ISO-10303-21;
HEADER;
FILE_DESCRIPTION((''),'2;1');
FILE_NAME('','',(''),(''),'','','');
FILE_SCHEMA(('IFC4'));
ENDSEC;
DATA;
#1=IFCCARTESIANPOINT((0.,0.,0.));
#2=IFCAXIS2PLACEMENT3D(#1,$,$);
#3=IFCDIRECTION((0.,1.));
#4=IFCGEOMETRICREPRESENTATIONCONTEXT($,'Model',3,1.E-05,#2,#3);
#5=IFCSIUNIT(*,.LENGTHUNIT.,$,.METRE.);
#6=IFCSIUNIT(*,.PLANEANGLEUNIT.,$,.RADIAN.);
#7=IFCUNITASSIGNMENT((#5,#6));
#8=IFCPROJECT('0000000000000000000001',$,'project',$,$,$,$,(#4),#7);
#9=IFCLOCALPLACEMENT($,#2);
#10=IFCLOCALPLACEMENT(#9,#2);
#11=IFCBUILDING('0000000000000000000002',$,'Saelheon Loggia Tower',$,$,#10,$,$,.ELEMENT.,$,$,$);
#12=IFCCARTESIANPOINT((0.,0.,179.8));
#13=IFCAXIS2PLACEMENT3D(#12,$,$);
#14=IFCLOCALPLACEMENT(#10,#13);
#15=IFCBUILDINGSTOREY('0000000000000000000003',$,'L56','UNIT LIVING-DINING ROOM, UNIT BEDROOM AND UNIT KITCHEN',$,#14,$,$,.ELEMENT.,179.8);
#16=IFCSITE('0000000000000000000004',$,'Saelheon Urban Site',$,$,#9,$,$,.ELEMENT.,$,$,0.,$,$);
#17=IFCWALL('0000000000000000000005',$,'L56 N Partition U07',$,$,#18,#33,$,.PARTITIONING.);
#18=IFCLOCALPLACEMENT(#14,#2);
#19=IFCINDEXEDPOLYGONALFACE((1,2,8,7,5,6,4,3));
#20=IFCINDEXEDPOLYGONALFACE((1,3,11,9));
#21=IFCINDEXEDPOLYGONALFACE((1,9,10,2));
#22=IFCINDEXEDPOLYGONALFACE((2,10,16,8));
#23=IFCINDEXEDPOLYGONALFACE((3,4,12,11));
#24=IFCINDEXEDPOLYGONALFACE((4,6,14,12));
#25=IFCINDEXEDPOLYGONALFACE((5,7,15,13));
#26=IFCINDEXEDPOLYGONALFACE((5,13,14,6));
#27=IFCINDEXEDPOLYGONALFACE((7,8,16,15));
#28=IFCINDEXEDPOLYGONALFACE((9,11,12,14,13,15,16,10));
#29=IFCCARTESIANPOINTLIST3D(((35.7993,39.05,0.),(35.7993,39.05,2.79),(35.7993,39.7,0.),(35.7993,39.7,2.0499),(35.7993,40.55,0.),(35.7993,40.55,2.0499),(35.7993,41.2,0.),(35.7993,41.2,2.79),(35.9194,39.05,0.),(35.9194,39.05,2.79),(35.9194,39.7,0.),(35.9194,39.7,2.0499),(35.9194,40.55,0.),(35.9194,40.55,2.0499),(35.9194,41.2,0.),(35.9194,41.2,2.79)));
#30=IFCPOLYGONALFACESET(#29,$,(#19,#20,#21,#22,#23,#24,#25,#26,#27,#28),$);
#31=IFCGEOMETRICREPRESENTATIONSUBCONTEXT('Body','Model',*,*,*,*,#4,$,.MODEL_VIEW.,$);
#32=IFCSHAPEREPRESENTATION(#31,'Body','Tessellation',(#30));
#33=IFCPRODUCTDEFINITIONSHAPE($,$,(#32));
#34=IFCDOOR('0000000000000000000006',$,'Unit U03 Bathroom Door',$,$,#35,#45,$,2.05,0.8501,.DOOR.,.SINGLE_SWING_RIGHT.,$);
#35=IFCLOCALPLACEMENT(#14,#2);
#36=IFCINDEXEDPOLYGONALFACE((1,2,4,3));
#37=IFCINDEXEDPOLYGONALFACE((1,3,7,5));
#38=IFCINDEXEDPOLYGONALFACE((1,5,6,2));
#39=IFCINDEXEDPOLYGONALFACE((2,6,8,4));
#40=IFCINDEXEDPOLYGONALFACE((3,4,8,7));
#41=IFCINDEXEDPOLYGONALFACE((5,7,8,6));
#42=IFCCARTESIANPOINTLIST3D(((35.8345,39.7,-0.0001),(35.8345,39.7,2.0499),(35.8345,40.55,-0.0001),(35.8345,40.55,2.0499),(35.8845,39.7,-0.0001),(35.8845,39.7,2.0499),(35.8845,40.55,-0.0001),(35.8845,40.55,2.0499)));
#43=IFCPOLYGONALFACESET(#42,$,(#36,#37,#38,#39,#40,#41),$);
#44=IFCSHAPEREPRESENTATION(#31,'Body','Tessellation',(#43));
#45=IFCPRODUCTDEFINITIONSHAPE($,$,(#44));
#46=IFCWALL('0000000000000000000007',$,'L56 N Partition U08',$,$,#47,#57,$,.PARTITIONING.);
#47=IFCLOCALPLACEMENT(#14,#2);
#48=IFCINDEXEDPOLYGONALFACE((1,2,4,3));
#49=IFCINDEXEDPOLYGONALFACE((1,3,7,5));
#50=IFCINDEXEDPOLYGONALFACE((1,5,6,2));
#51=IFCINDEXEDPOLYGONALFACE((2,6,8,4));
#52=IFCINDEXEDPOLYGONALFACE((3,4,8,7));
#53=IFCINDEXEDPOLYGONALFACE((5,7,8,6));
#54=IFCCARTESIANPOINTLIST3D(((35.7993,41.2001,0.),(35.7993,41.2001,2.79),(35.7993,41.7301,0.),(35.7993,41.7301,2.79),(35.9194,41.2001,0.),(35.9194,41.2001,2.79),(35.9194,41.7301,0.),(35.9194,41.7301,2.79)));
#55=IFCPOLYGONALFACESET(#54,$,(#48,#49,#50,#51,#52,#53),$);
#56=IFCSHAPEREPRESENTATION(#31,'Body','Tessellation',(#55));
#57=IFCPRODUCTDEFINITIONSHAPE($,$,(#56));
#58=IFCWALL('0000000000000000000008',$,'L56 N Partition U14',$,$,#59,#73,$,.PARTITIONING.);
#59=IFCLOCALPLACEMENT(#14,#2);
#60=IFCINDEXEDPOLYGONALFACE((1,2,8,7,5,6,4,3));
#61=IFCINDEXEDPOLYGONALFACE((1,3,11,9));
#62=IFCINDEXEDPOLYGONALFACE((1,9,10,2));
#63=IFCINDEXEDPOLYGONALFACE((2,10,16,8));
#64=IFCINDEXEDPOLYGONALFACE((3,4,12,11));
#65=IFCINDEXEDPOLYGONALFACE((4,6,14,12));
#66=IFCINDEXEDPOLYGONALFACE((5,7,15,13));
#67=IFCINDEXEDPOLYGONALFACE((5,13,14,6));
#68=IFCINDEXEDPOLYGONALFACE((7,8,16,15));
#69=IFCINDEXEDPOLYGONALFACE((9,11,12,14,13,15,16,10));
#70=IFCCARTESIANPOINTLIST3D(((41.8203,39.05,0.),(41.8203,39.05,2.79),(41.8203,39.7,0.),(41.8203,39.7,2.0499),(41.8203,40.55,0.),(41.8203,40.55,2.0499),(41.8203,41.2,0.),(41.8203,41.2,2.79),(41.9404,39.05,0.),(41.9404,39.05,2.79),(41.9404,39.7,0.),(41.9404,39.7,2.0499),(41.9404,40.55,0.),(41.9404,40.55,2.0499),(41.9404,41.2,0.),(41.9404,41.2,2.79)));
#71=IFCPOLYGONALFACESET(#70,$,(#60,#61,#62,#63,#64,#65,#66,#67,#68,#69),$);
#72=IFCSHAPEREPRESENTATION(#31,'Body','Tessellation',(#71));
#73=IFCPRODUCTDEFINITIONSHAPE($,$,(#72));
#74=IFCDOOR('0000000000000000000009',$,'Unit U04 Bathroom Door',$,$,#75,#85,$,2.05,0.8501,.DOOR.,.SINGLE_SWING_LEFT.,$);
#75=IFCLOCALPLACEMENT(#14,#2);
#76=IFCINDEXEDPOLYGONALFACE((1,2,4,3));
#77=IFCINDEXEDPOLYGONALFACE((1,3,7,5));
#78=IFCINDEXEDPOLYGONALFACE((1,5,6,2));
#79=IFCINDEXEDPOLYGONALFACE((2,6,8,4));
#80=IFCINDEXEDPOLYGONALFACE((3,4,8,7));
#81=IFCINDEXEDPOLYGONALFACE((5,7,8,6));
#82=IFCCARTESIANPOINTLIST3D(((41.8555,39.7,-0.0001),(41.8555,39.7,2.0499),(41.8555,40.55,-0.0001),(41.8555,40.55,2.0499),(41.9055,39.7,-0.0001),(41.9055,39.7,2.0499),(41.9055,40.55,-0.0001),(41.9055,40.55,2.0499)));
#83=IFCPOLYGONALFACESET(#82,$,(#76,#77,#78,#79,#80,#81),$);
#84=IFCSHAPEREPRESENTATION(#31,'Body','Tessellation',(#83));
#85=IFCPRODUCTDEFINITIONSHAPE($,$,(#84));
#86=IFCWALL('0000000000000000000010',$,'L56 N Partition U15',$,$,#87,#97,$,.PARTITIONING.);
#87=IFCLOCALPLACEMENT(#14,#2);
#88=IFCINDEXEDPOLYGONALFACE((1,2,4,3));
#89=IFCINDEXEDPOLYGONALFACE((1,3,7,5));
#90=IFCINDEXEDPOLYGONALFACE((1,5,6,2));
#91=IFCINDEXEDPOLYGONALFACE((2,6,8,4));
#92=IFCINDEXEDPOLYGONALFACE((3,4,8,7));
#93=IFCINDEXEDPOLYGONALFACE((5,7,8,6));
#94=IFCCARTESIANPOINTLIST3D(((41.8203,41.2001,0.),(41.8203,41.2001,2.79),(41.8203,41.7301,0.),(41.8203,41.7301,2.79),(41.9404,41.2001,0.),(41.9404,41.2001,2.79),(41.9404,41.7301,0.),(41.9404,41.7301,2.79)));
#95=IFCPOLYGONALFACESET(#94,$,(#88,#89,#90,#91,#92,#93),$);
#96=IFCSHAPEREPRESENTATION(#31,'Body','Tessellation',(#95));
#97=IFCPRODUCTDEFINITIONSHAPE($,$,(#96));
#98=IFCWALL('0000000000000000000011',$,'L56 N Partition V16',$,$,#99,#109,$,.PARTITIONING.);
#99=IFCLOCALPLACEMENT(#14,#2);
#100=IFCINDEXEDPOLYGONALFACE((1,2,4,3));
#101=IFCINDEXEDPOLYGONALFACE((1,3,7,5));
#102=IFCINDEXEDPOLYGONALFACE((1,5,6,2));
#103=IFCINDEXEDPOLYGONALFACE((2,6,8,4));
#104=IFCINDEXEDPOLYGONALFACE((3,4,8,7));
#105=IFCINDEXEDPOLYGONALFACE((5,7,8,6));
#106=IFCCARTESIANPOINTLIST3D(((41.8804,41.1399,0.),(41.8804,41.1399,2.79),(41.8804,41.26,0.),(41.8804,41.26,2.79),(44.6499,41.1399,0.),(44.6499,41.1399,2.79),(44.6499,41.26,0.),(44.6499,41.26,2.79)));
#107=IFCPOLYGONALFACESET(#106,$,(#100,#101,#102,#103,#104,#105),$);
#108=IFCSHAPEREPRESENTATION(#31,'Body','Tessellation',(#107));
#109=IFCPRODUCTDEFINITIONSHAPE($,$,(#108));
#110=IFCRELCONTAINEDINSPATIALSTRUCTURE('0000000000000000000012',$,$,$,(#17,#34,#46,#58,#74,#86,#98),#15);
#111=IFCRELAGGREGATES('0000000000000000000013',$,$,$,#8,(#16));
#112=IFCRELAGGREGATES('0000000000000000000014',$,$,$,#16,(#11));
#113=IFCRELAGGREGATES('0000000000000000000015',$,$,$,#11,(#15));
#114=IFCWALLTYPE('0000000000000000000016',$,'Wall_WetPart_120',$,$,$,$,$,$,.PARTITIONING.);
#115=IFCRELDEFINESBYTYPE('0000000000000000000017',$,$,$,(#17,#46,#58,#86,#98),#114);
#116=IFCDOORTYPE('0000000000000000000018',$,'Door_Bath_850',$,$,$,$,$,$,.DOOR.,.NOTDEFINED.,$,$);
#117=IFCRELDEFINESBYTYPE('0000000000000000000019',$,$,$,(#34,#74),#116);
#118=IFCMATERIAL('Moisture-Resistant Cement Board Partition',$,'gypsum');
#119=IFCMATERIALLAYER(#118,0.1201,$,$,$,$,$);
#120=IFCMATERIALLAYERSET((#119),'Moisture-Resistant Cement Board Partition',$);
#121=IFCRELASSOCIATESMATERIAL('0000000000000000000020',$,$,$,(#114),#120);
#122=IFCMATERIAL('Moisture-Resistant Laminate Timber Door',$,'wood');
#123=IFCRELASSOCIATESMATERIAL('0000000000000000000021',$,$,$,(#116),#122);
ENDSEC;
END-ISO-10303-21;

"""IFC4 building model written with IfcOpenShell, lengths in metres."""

from ifc_helpers import new_model, si_unit, direction, frame, frame_2d, origin, place, context, subcontext, project, spatial, rectangle, extrude, source, transform, mapped, material, layer, layer_set, type_object, element, fill, save


model = new_model("IFC4")

# Units and contexts
model_context = context("Model", 3, precision=1e-05, world=origin(), true_north=direction((0.0, 1.0)))
body_context = subcontext(model_context, "Body", "Model", "MODEL_VIEW")
ifc_project = project(units=[si_unit("LENGTHUNIT", "METRE"), si_unit("PLANEANGLEUNIT", "RADIAN")], contexts=[model_context])

# Site, building, storey
site_placement = place(None, origin())
site = spatial("IfcSite", under=ifc_project, at=site_placement, Name="Saelheon Urban Site", CompositionType="ELEMENT", RefElevation=0.0)
building_placement = place(site_placement, origin())
building = spatial("IfcBuilding", under=site, at=building_placement, Name="Saelheon Loggia Tower", CompositionType="ELEMENT")
storey_placement = place(building_placement, frame((0.0, 0.0, 179.8)))
storey = spatial("IfcBuildingStorey", under=building, at=storey_placement, Name="L56", Description="UNIT LIVING-DINING ROOM, UNIT BEDROOM AND UNIT KITCHEN", CompositionType="ELEMENT", Elevation=179.8)

# Wall, opening, door
ifc_material_1 = material(Name="Moisture-Resistant Cement Board Partition", Category="gypsum")
ifc_layer_1 = layer(ifc_material_1, 0.1201)
ifc_layer_set_1 = layer_set([ifc_layer_1], Name="Moisture-Resistant Cement Board Partition")
wall_type_1 = type_object("IfcWallType", Name="Wall_WetPart_120", PredefinedType="PARTITIONING", material=ifc_layer_set_1)
wall_1_placement = place(storey_placement, frame((35.8594, 39.05, 0.0), z_axis=(0.0, 0.0, 1.0), x_axis=(0.0, 1.0, 0.0)))
wall_1 = element("IfcWall", 1, at=wall_1_placement, inside=storey, type_object=wall_type_1, Name="L56 N Partition U07", PredefinedType="PARTITIONING", context=body_context, shape_type="SweptSolid", body=[
    extrude(rectangle(XDim=2.1499, YDim=0.1201, at=frame_2d((1.075, 0.0))), origin(), (0.0, 0.0, 1.0), 2.79),
])
opening_1_placement = place(wall_1_placement, frame((0.6499, 0.0, 0.0)))
opening_1 = element("IfcOpeningElement", 2, at=opening_1_placement, cuts=wall_1, PredefinedType="OPENING", context=body_context, shape_type="SweptSolid", body=[
    extrude(rectangle(XDim=0.8501, YDim=2.05, at=frame_2d((0.425, 1.0249))), frame((0.0, 0.072, 0.0), z_axis=(0.0, -1.0, 0.0), x_axis=(1.0, 0.0, 0.0)), (0.0, 0.0, 1.0), 0.144),
])
ifc_material_2 = material(Name="Moisture-Resistant Laminate Timber Door", Category="wood")
door_type_1 = type_object("IfcDoorType", Name="Door_Bath_850", OperationType="NOTDEFINED", PredefinedType="DOOR", material=ifc_material_2)
shared_shape_1 = source(origin(), body_context, "Body", "SweptSolid", [
    extrude(rectangle(XDim=0.8501, YDim=2.05, at=frame_2d((0.425, 1.0249))), frame((0.0, 0.0249, 0.0), z_axis=(0.0, -1.0, 0.0), x_axis=(1.0, 0.0, 0.0)), (0.0, 0.0, 1.0), 0.05),
])
door_1_placement = place(opening_1_placement, origin())
door_1 = element("IfcDoor", 3, at=door_1_placement, inside=storey, type_object=door_type_1, Name="Unit U03 Bathroom Door", OperationType="SINGLE_SWING_RIGHT", OverallHeight=2.05, OverallWidth=0.8501, PredefinedType="DOOR", context=body_context, shape_type="MappedRepresentation", body=[
    mapped(shared_shape_1, transform((0.0, 0.0, 0.0), scale=1.0)),
])
fill(opening_1, door_1)

# Wall
wall_2_placement = place(storey_placement, frame((35.8594, 41.2, 0.0), z_axis=(0.0, 0.0, 1.0), x_axis=(0.0, 1.0, 0.0)))
element("IfcWall", 4, at=wall_2_placement, inside=storey, type_object=wall_type_1, Name="L56 N Partition U08", PredefinedType="PARTITIONING", context=body_context, shape_type="SweptSolid", body=[
    extrude(rectangle(XDim=0.53, YDim=0.1201, at=frame_2d((0.2651, 0.0))), origin(), (0.0, 0.0, 1.0), 2.79),
])

# Wall, opening, door
wall_3_placement = place(storey_placement, frame((41.8804, 39.05, 0.0), z_axis=(0.0, 0.0, 1.0), x_axis=(0.0, 1.0, 0.0)))
wall_3 = element("IfcWall", 5, at=wall_3_placement, inside=storey, type_object=wall_type_1, Name="L56 N Partition U14", PredefinedType="PARTITIONING", context=body_context, shape_type="SweptSolid", body=[
    extrude(rectangle(XDim=2.1499, YDim=0.1201, at=frame_2d((1.075, 0.0))), origin(), (0.0, 0.0, 1.0), 2.79),
])
opening_2_placement = place(wall_3_placement, frame((0.6499, 0.0, 0.0)))
opening_2 = element("IfcOpeningElement", 6, at=opening_2_placement, cuts=wall_3, PredefinedType="OPENING", context=body_context, shape_type="SweptSolid", body=[
    extrude(rectangle(XDim=0.8501, YDim=2.05, at=frame_2d((0.425, 1.0249))), frame((0.0, 0.072, 0.0), z_axis=(0.0, -1.0, 0.0), x_axis=(1.0, 0.0, 0.0)), (0.0, 0.0, 1.0), 0.144),
])
door_2_placement = place(opening_2_placement, origin())
door_2 = element("IfcDoor", 7, at=door_2_placement, inside=storey, type_object=door_type_1, Name="Unit U04 Bathroom Door", OperationType="SINGLE_SWING_LEFT", OverallHeight=2.05, OverallWidth=0.8501, PredefinedType="DOOR", context=body_context, shape_type="MappedRepresentation", body=[
    mapped(shared_shape_1, transform((0.0, 0.0, 0.0), scale=1.0)),
])
fill(opening_2, door_2)

# Walls
wall_4_placement = place(storey_placement, frame((41.8804, 41.2, 0.0), z_axis=(0.0, 0.0, 1.0), x_axis=(0.0, 1.0, 0.0)))
element("IfcWall", 8, at=wall_4_placement, inside=storey, type_object=wall_type_1, Name="L56 N Partition U15", PredefinedType="PARTITIONING", context=body_context, shape_type="SweptSolid", body=[
    extrude(rectangle(XDim=0.53, YDim=0.1201, at=frame_2d((0.2651, 0.0))), origin(), (0.0, 0.0, 1.0), 2.79),
])
wall_5_placement = place(storey_placement, frame((41.8804, 41.2, 0.0), z_axis=(0.0, 0.0, 1.0), x_axis=(1.0, 0.0, 0.0)))
element("IfcWall", 9, at=wall_5_placement, inside=storey, type_object=wall_type_1, Name="L56 N Partition V16", PredefinedType="PARTITIONING", context=body_context, shape_type="SweptSolid", body=[
    extrude(rectangle(XDim=2.7695, YDim=0.1201, at=frame_2d((1.3848, 0.0))), origin(), (0.0, 0.0, 1.0), 2.79),
])

save(model, "model.ifc")
